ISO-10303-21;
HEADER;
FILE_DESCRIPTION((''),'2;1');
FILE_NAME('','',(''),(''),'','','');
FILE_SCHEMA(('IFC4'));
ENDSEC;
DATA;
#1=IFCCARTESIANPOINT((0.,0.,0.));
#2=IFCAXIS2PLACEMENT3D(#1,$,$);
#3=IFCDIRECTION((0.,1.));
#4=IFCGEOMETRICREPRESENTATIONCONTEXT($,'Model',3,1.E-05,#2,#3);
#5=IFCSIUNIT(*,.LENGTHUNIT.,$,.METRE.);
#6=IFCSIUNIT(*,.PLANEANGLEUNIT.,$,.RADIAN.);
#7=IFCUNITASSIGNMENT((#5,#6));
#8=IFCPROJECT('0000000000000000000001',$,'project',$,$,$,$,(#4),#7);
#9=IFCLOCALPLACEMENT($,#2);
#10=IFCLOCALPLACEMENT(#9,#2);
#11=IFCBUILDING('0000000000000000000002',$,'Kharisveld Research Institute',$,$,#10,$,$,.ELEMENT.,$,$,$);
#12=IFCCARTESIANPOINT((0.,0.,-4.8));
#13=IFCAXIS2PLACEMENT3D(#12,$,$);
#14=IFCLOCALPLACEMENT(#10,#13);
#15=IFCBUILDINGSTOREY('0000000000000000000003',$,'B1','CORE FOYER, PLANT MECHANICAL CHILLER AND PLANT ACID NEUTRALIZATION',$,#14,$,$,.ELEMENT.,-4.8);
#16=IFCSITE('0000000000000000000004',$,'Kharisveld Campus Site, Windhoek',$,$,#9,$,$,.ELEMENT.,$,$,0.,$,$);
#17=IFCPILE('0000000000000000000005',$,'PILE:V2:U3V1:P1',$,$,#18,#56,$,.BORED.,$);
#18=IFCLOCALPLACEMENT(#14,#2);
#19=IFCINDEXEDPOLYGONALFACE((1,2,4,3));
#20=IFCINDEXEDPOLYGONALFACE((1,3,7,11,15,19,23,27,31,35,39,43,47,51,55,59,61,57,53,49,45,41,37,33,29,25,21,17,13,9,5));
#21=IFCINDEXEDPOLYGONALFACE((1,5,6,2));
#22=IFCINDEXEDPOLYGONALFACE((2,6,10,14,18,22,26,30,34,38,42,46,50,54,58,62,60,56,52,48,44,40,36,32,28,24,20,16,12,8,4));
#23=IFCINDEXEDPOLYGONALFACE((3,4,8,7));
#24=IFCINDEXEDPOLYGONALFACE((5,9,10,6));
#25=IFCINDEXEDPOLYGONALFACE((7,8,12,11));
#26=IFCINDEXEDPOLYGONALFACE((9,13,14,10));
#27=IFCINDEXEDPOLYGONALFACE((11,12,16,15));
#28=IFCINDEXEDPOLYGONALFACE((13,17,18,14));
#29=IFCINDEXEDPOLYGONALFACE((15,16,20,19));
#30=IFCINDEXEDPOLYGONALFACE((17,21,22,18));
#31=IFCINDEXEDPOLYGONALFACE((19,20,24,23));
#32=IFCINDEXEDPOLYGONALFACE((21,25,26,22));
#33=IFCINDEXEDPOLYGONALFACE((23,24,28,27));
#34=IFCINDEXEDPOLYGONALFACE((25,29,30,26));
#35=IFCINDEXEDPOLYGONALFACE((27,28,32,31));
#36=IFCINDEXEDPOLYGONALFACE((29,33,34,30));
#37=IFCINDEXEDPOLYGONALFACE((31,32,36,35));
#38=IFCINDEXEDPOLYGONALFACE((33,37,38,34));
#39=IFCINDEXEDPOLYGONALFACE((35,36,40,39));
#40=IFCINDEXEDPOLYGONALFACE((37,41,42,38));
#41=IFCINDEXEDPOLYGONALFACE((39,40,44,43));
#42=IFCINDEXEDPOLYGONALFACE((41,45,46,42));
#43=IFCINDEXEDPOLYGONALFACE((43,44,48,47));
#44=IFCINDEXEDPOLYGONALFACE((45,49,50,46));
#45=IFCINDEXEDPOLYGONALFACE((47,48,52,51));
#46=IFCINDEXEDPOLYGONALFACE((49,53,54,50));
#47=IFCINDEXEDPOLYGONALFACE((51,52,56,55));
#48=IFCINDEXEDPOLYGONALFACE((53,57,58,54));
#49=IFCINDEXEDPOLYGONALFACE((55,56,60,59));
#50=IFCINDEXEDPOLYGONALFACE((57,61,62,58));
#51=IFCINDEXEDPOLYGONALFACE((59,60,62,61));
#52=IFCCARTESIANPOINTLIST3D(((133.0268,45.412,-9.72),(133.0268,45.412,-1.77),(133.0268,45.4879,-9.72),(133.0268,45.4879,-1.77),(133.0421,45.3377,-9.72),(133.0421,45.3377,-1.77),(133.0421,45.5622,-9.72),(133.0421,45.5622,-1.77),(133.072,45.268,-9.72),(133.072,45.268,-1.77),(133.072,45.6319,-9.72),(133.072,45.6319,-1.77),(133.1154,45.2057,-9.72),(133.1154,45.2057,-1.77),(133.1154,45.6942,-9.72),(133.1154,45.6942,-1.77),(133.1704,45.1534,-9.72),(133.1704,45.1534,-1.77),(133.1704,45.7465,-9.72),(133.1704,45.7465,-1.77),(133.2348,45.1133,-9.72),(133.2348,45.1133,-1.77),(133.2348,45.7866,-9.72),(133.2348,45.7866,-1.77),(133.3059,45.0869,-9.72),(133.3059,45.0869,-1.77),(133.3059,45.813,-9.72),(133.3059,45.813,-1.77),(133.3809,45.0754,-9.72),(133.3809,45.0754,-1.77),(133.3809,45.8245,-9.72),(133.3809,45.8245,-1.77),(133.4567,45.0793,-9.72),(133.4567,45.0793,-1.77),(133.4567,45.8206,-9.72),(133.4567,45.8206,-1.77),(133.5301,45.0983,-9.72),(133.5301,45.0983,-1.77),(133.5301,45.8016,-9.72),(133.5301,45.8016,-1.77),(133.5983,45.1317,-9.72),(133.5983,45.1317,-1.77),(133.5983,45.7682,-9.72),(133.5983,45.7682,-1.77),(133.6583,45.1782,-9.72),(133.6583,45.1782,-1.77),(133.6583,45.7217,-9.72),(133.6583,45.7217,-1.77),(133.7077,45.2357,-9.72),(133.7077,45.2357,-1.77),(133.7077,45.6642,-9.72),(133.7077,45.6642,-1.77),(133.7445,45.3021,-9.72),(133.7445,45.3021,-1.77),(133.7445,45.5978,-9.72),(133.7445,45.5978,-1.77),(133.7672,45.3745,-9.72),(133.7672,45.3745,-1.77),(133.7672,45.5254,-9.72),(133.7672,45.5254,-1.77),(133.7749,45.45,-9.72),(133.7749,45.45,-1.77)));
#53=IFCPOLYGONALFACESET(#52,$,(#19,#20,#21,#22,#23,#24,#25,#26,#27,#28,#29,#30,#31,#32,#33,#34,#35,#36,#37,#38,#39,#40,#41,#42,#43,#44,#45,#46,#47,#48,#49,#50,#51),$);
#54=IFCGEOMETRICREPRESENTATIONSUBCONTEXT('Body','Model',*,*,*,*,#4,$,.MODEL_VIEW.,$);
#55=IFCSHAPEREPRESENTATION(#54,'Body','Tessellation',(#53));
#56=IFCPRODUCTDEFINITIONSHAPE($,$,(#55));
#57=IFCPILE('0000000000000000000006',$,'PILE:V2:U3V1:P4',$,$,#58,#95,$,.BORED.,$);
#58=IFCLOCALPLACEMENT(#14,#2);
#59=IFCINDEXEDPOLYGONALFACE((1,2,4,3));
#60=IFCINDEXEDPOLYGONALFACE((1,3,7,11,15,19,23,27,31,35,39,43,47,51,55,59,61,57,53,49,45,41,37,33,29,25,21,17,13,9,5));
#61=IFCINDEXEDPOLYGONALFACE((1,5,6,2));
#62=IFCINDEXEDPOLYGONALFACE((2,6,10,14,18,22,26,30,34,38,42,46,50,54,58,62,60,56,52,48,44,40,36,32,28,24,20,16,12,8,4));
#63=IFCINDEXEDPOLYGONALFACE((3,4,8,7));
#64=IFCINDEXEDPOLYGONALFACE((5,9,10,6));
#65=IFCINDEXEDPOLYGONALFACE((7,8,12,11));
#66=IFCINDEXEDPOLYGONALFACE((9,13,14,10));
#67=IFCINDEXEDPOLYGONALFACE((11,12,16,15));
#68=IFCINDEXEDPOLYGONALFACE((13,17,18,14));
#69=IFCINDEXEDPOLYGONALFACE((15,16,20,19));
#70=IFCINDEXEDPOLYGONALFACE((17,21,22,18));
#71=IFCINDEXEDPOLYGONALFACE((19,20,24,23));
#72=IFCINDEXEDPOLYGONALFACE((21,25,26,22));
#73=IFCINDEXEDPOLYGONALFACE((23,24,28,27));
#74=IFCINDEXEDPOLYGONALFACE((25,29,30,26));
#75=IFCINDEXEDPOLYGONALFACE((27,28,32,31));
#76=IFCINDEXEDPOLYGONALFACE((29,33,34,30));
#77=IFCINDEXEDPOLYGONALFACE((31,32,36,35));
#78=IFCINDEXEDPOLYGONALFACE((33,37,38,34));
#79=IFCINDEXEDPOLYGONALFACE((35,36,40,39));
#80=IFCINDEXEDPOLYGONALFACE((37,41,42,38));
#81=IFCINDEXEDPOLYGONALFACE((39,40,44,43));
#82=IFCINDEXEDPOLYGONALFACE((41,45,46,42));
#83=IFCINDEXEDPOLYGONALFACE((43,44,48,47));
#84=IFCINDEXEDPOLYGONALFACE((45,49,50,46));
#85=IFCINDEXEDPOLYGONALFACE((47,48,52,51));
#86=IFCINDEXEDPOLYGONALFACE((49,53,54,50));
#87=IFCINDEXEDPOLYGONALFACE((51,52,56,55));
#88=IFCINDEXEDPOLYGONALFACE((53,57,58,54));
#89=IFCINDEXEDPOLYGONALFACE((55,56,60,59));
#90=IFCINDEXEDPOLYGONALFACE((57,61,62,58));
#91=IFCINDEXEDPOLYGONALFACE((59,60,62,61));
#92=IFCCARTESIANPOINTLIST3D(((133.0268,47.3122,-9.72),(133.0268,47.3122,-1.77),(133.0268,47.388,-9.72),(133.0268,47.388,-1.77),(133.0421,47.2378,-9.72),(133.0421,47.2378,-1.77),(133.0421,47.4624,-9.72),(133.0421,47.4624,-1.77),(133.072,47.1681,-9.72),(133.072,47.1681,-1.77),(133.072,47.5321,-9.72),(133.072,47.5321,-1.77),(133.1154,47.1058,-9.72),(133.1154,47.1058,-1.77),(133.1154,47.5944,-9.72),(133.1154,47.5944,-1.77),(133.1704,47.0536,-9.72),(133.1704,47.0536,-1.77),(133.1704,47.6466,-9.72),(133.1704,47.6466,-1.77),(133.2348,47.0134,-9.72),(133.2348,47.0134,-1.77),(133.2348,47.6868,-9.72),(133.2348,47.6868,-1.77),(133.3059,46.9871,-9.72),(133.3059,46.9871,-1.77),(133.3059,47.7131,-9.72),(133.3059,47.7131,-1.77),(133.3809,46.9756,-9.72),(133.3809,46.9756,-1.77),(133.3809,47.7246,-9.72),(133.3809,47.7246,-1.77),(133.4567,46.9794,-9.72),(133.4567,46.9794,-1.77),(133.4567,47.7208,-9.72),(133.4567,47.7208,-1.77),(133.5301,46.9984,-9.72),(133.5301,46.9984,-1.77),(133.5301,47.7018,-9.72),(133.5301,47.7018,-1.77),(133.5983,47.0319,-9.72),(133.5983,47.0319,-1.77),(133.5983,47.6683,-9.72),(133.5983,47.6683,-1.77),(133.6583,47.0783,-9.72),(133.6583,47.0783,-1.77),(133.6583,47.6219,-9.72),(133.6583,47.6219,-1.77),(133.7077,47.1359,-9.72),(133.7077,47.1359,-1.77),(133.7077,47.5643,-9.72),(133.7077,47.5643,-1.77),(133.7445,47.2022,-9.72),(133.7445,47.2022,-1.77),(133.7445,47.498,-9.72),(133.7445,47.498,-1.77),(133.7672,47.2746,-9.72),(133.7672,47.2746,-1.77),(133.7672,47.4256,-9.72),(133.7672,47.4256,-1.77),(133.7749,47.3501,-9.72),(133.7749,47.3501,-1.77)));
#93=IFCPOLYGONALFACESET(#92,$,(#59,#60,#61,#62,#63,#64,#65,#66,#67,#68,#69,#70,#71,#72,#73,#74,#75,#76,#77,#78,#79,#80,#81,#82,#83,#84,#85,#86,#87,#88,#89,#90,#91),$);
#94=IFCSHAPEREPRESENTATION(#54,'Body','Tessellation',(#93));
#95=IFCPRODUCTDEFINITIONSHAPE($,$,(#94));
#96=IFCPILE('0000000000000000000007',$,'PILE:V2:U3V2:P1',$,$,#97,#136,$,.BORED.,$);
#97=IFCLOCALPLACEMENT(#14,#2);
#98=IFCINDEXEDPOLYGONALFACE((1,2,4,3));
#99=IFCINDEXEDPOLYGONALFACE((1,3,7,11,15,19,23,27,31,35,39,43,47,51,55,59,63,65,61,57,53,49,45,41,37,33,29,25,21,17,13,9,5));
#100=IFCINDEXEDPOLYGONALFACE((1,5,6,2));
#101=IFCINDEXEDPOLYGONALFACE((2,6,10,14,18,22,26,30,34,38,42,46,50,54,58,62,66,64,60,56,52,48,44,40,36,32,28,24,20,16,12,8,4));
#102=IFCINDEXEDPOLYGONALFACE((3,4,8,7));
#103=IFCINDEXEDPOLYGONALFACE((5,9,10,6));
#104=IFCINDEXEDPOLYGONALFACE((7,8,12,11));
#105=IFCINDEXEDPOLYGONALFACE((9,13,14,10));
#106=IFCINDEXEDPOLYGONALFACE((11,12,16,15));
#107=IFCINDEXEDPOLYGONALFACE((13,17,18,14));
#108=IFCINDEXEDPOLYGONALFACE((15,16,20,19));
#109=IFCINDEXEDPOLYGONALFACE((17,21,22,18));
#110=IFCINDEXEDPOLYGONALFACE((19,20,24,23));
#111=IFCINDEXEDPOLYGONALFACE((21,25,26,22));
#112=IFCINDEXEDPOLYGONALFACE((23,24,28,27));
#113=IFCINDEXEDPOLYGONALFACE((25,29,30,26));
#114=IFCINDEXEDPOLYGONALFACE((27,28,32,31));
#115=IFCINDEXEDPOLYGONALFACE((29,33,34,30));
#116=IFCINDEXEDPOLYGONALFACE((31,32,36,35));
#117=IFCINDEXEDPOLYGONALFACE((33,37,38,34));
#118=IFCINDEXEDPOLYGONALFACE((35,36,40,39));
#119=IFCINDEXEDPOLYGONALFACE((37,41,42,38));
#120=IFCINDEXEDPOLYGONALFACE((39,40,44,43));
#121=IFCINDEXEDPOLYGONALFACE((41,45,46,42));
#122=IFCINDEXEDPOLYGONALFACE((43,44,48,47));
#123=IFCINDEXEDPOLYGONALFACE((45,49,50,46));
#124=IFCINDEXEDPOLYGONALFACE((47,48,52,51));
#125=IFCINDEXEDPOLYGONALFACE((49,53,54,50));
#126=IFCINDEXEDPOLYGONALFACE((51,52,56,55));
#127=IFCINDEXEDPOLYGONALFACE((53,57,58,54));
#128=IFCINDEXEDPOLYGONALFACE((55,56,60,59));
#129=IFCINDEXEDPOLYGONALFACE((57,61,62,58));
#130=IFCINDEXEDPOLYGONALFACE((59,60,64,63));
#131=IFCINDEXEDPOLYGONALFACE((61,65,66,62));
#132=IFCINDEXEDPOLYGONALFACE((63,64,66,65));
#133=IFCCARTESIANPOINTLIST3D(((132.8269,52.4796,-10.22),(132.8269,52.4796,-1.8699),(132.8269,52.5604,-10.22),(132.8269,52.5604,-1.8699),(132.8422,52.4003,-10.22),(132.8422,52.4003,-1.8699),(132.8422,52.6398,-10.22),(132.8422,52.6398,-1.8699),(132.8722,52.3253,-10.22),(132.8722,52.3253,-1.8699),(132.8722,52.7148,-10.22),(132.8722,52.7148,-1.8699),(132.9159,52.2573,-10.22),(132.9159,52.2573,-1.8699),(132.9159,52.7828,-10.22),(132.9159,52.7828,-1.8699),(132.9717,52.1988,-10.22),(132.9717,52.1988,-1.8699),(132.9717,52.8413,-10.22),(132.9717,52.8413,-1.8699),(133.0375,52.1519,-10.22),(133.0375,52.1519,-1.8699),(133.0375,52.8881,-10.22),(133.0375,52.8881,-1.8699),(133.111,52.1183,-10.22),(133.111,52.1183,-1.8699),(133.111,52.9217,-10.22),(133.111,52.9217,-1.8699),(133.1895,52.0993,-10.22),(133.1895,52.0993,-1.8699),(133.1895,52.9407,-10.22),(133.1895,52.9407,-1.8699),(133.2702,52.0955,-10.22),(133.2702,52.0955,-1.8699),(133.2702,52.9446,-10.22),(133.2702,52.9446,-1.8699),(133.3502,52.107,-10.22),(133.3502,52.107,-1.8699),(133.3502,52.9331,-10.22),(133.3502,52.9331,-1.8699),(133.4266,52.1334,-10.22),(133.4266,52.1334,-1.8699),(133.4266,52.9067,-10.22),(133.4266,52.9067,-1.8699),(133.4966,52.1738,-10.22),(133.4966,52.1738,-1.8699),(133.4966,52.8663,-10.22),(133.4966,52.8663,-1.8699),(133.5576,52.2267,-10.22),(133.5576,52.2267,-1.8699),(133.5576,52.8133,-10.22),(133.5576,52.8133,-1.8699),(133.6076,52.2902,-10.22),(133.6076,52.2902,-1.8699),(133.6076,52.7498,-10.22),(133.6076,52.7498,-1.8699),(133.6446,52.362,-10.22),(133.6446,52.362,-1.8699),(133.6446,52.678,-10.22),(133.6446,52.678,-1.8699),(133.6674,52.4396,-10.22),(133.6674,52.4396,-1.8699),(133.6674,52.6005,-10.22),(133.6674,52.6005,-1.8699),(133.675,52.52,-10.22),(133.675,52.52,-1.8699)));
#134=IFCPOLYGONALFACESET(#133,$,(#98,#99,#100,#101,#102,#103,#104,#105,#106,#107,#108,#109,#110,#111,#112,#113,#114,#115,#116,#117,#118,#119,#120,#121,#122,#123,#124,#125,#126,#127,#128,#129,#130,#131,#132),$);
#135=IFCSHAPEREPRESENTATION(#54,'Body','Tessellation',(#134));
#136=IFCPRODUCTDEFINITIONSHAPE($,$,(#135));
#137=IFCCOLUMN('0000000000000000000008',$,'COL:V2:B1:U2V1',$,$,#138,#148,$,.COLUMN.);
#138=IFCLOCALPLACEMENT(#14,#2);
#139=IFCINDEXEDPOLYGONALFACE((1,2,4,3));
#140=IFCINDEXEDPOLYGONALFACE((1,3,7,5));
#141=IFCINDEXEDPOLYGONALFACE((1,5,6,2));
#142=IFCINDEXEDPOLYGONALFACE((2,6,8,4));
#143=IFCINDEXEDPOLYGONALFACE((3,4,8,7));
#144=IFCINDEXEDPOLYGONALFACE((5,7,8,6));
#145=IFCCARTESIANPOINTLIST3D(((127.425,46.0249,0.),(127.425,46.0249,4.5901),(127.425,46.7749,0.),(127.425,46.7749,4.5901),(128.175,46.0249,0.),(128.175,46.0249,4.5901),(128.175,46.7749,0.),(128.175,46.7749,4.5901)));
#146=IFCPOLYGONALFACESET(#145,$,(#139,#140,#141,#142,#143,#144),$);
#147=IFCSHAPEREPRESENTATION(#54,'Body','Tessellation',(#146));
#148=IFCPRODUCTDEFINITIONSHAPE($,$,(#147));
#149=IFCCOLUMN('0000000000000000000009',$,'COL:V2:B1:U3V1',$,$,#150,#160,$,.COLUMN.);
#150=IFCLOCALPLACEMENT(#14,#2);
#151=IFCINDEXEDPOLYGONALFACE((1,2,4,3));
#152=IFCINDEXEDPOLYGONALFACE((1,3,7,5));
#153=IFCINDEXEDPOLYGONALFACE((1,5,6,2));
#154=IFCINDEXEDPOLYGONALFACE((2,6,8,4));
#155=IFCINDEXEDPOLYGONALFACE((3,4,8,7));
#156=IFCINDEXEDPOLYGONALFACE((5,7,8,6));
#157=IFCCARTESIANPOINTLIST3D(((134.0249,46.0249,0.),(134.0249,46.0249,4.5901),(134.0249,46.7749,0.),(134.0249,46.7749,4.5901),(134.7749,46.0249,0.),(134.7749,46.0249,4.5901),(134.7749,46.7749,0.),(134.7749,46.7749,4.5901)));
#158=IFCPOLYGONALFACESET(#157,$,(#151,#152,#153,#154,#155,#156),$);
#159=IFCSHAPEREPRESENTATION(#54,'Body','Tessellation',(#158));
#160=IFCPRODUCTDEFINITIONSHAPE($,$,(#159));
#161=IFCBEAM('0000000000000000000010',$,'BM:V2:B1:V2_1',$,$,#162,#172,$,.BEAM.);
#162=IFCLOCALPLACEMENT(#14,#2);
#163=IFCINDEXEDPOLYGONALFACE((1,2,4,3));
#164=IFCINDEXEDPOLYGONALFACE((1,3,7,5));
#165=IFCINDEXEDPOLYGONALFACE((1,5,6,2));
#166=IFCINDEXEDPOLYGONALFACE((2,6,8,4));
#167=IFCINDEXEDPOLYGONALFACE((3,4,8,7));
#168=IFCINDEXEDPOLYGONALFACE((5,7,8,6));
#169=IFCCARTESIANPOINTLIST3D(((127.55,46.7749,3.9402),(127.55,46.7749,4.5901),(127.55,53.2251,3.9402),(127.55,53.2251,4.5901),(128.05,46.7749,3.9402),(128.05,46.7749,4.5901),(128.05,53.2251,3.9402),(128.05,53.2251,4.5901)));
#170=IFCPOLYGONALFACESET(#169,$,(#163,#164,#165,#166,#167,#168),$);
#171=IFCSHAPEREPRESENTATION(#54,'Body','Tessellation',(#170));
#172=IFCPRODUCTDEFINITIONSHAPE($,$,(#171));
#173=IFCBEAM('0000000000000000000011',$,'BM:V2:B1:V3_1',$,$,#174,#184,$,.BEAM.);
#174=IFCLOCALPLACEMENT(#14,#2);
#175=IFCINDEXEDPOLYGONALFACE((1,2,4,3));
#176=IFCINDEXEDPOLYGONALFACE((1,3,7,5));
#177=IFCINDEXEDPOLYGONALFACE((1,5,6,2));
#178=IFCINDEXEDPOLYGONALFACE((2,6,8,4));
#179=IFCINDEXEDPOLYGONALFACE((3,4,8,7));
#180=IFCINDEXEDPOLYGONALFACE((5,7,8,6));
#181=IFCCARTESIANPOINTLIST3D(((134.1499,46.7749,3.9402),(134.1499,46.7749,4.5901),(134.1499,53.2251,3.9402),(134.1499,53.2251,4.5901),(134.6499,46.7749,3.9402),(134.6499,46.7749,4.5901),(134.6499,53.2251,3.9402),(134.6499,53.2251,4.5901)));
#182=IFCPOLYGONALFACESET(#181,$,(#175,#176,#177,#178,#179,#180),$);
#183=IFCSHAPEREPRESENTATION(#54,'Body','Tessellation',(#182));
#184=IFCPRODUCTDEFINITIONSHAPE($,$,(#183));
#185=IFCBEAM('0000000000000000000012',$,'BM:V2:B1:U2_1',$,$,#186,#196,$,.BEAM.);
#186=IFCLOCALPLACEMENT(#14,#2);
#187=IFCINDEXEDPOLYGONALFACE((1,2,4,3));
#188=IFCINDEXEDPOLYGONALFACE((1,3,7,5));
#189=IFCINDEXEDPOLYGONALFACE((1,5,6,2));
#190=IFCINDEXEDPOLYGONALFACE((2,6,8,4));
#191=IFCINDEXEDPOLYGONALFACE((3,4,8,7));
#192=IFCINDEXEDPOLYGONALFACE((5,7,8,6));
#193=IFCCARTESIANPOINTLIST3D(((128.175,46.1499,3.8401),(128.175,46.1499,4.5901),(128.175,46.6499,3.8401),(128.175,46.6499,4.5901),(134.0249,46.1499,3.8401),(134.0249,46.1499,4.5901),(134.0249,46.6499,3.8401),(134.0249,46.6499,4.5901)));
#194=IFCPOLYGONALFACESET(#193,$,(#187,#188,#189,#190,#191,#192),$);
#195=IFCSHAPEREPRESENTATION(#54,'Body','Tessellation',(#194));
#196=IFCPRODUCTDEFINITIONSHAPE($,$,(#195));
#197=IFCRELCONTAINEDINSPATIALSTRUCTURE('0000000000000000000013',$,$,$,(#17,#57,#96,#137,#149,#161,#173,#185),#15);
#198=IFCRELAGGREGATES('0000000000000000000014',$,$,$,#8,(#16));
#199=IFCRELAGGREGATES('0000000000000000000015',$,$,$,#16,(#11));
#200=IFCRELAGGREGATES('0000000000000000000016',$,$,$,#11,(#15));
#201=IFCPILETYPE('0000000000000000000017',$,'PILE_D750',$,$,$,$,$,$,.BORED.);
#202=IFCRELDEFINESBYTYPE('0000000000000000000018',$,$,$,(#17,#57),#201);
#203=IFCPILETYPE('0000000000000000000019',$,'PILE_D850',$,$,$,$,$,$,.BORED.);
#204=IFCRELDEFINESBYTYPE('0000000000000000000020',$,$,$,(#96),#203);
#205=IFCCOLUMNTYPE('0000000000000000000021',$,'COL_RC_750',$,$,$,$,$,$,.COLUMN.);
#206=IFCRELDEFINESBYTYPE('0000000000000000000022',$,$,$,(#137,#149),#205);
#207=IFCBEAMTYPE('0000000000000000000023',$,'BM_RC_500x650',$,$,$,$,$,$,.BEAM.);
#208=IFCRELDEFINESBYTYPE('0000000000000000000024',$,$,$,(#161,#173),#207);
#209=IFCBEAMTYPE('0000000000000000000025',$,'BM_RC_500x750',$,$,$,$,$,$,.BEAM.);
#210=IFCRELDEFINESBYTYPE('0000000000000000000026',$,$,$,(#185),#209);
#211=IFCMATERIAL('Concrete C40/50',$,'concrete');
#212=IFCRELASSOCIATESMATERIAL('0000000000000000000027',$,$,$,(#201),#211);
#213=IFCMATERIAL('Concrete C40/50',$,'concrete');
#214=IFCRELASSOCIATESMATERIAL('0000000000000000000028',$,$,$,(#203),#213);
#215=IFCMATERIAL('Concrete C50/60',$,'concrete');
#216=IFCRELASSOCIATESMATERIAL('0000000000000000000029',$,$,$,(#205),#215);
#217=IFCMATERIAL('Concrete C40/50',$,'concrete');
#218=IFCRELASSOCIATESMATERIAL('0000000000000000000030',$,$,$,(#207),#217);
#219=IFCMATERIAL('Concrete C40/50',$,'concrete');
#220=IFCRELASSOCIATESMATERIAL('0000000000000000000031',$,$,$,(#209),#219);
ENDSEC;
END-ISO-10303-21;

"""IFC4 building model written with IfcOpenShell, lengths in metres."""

from ifc_helpers import new_model, si_unit, direction, frame, origin, origin_2d, place, context, subcontext, project, spatial, rectangle, circle, extrude, material, material_profile, profile_set, type_object, element, save


model = new_model("IFC4")

# Units and contexts
model_context = context("Model", 3, precision=1e-05, world=origin(), true_north=direction((0.0, 1.0)))
body_context = subcontext(model_context, "Body", "Model", "MODEL_VIEW")
ifc_project = project(units=[si_unit("LENGTHUNIT", "METRE"), si_unit("PLANEANGLEUNIT", "RADIAN")], contexts=[model_context])

# Site, building, storey
site_placement = place(None, origin())
site = spatial("IfcSite", under=ifc_project, at=site_placement, Name="Kharisveld Campus Site, Windhoek", CompositionType="ELEMENT", RefElevation=0.0)
building_placement = place(site_placement, origin())
building = spatial("IfcBuilding", under=site, at=building_placement, Name="Kharisveld Research Institute", CompositionType="ELEMENT")
storey_placement = place(building_placement, frame((0.0, 0.0, -4.8)))
storey = spatial("IfcBuildingStorey", under=building, at=storey_placement, Name="B1", Description="CORE FOYER, PLANT MECHANICAL CHILLER AND PLANT ACID NEUTRALIZATION", CompositionType="ELEMENT", Elevation=-4.8)

# Piles
ifc_material_1 = material(Name="Concrete C40/50", Category="concrete")
ifc_material_profile_1 = material_profile(ifc_material_1, circle(Radius=0.375, at=origin_2d()))
ifc_profile_set_1 = profile_set([ifc_material_profile_1], Name="Concrete C40/50")
pile_type_1 = type_object("IfcPileType", Name="PILE_D750", PredefinedType="BORED", material=ifc_profile_set_1)
for number, where, z_axis, x_axis, name in (
    (1, (133.3999, 45.45, -1.77), (0.0, 0.0, -1.0), (1.0, 0.0, 0.0), "PILE:V2:U3V1:P1"),
    (2, (133.3999, 47.3501, -1.77), (0.0, 0.0, -1.0), (1.0, 0.0, 0.0), "PILE:V2:U3V1:P4"),
):
    element("IfcPile", number, at=place(storey_placement, frame(where, z_axis=z_axis, x_axis=x_axis)), inside=storey, type_object=pile_type_1, Name=name, PredefinedType="BORED", context=body_context, shape_type="SweptSolid", body=[
        extrude(circle(Radius=0.375, at=origin_2d()), origin(), (0.0, 0.0, 1.0), 7.95),
    ])
ifc_material_2 = material(Name="Concrete C40/50", Category="concrete")
ifc_material_profile_2 = material_profile(ifc_material_2, circle(Radius=0.425, at=origin_2d()))
ifc_profile_set_2 = profile_set([ifc_material_profile_2], Name="Concrete C40/50")
pile_type_2 = type_object("IfcPileType", Name="PILE_D850", PredefinedType="BORED", material=ifc_profile_set_2)
pile_placement = place(storey_placement, frame((133.25, 52.52, -1.8699), z_axis=(0.0, 0.0, -1.0), x_axis=(1.0, 0.0, 0.0)))
element("IfcPile", 3, at=pile_placement, inside=storey, type_object=pile_type_2, Name="PILE:V2:U3V2:P1", PredefinedType="BORED", context=body_context, shape_type="SweptSolid", body=[
    extrude(circle(Radius=0.425, at=origin_2d()), origin(), (0.0, 0.0, 1.0), 8.3501),
])

# Columns
ifc_material_3 = material(Name="Concrete C50/60", Category="concrete")
ifc_material_profile_3 = material_profile(ifc_material_3, rectangle(XDim=0.75, YDim=0.75, at=origin_2d()))
ifc_profile_set_3 = profile_set([ifc_material_profile_3], Name="Concrete C50/60")
column_type = type_object("IfcColumnType", Name="COL_RC_750", PredefinedType="COLUMN", material=ifc_profile_set_3)
for number, where, z_axis, x_axis, name in (
    (4, (127.8, 46.3999, 0.0), (0.0, 0.0, 1.0), (1.0, 0.0, 0.0), "COL:V2:B1:U2V1"),
    (5, (134.3999, 46.3999, 0.0), (0.0, 0.0, 1.0), (1.0, 0.0, 0.0), "COL:V2:B1:U3V1"),
):
    element("IfcColumn", number, at=place(storey_placement, frame(where, z_axis=z_axis, x_axis=x_axis)), inside=storey, type_object=column_type, Name=name, PredefinedType="COLUMN", context=body_context, shape_type="SweptSolid", body=[
        extrude(rectangle(XDim=0.75, YDim=0.75, at=origin_2d()), origin(), (0.0, 0.0, 1.0), 4.5901),
    ])

# Beams
ifc_material_4 = material(Name="Concrete C40/50", Category="concrete")
ifc_material_profile_4 = material_profile(ifc_material_4, rectangle(XDim=0.5, YDim=0.6499, at=origin_2d()))
ifc_profile_set_4 = profile_set([ifc_material_profile_4], Name="Concrete C40/50")
beam_type_1 = type_object("IfcBeamType", Name="BM_RC_500x650", PredefinedType="BEAM", material=ifc_profile_set_4)
for number, where, z_axis, x_axis, name in (
    (6, (127.8, 46.7749, 4.2651), (0.0, 1.0, 0.0), (-1.0, 0.0, 0.0), "BM:V2:B1:V2_1"),
    (7, (134.3999, 46.7749, 4.2651), (0.0, 1.0, 0.0), (-1.0, 0.0, 0.0), "BM:V2:B1:V3_1"),
):
    element("IfcBeam", number, at=place(storey_placement, frame(where, z_axis=z_axis, x_axis=x_axis)), inside=storey, type_object=beam_type_1, Name=name, PredefinedType="BEAM", context=body_context, shape_type="SweptSolid", body=[
        extrude(rectangle(XDim=0.5, YDim=0.6499, at=origin_2d()), origin(), (0.0, 0.0, 1.0), 6.4502),
    ])
ifc_material_5 = material(Name="Concrete C40/50", Category="concrete")
ifc_material_profile_5 = material_profile(ifc_material_5, rectangle(XDim=0.5, YDim=0.75, at=origin_2d()))
ifc_profile_set_5 = profile_set([ifc_material_profile_5], Name="Concrete C40/50")
beam_type_2 = type_object("IfcBeamType", Name="BM_RC_500x750", PredefinedType="BEAM", material=ifc_profile_set_5)
beam_1_placement = place(storey_placement, frame((128.175, 46.3999, 4.2151), z_axis=(1.0, 0.0, 0.0), x_axis=(0.0, 1.0, 0.0)))
element("IfcBeam", 8, at=beam_1_placement, inside=storey, type_object=beam_type_2, Name="BM:V2:B1:U2_1", PredefinedType="BEAM", context=body_context, shape_type="SweptSolid", body=[
    extrude(rectangle(XDim=0.5, YDim=0.75, at=origin_2d()), origin(), (0.0, 0.0, 1.0), 5.8499),
])

save(model, "model.ifc")
